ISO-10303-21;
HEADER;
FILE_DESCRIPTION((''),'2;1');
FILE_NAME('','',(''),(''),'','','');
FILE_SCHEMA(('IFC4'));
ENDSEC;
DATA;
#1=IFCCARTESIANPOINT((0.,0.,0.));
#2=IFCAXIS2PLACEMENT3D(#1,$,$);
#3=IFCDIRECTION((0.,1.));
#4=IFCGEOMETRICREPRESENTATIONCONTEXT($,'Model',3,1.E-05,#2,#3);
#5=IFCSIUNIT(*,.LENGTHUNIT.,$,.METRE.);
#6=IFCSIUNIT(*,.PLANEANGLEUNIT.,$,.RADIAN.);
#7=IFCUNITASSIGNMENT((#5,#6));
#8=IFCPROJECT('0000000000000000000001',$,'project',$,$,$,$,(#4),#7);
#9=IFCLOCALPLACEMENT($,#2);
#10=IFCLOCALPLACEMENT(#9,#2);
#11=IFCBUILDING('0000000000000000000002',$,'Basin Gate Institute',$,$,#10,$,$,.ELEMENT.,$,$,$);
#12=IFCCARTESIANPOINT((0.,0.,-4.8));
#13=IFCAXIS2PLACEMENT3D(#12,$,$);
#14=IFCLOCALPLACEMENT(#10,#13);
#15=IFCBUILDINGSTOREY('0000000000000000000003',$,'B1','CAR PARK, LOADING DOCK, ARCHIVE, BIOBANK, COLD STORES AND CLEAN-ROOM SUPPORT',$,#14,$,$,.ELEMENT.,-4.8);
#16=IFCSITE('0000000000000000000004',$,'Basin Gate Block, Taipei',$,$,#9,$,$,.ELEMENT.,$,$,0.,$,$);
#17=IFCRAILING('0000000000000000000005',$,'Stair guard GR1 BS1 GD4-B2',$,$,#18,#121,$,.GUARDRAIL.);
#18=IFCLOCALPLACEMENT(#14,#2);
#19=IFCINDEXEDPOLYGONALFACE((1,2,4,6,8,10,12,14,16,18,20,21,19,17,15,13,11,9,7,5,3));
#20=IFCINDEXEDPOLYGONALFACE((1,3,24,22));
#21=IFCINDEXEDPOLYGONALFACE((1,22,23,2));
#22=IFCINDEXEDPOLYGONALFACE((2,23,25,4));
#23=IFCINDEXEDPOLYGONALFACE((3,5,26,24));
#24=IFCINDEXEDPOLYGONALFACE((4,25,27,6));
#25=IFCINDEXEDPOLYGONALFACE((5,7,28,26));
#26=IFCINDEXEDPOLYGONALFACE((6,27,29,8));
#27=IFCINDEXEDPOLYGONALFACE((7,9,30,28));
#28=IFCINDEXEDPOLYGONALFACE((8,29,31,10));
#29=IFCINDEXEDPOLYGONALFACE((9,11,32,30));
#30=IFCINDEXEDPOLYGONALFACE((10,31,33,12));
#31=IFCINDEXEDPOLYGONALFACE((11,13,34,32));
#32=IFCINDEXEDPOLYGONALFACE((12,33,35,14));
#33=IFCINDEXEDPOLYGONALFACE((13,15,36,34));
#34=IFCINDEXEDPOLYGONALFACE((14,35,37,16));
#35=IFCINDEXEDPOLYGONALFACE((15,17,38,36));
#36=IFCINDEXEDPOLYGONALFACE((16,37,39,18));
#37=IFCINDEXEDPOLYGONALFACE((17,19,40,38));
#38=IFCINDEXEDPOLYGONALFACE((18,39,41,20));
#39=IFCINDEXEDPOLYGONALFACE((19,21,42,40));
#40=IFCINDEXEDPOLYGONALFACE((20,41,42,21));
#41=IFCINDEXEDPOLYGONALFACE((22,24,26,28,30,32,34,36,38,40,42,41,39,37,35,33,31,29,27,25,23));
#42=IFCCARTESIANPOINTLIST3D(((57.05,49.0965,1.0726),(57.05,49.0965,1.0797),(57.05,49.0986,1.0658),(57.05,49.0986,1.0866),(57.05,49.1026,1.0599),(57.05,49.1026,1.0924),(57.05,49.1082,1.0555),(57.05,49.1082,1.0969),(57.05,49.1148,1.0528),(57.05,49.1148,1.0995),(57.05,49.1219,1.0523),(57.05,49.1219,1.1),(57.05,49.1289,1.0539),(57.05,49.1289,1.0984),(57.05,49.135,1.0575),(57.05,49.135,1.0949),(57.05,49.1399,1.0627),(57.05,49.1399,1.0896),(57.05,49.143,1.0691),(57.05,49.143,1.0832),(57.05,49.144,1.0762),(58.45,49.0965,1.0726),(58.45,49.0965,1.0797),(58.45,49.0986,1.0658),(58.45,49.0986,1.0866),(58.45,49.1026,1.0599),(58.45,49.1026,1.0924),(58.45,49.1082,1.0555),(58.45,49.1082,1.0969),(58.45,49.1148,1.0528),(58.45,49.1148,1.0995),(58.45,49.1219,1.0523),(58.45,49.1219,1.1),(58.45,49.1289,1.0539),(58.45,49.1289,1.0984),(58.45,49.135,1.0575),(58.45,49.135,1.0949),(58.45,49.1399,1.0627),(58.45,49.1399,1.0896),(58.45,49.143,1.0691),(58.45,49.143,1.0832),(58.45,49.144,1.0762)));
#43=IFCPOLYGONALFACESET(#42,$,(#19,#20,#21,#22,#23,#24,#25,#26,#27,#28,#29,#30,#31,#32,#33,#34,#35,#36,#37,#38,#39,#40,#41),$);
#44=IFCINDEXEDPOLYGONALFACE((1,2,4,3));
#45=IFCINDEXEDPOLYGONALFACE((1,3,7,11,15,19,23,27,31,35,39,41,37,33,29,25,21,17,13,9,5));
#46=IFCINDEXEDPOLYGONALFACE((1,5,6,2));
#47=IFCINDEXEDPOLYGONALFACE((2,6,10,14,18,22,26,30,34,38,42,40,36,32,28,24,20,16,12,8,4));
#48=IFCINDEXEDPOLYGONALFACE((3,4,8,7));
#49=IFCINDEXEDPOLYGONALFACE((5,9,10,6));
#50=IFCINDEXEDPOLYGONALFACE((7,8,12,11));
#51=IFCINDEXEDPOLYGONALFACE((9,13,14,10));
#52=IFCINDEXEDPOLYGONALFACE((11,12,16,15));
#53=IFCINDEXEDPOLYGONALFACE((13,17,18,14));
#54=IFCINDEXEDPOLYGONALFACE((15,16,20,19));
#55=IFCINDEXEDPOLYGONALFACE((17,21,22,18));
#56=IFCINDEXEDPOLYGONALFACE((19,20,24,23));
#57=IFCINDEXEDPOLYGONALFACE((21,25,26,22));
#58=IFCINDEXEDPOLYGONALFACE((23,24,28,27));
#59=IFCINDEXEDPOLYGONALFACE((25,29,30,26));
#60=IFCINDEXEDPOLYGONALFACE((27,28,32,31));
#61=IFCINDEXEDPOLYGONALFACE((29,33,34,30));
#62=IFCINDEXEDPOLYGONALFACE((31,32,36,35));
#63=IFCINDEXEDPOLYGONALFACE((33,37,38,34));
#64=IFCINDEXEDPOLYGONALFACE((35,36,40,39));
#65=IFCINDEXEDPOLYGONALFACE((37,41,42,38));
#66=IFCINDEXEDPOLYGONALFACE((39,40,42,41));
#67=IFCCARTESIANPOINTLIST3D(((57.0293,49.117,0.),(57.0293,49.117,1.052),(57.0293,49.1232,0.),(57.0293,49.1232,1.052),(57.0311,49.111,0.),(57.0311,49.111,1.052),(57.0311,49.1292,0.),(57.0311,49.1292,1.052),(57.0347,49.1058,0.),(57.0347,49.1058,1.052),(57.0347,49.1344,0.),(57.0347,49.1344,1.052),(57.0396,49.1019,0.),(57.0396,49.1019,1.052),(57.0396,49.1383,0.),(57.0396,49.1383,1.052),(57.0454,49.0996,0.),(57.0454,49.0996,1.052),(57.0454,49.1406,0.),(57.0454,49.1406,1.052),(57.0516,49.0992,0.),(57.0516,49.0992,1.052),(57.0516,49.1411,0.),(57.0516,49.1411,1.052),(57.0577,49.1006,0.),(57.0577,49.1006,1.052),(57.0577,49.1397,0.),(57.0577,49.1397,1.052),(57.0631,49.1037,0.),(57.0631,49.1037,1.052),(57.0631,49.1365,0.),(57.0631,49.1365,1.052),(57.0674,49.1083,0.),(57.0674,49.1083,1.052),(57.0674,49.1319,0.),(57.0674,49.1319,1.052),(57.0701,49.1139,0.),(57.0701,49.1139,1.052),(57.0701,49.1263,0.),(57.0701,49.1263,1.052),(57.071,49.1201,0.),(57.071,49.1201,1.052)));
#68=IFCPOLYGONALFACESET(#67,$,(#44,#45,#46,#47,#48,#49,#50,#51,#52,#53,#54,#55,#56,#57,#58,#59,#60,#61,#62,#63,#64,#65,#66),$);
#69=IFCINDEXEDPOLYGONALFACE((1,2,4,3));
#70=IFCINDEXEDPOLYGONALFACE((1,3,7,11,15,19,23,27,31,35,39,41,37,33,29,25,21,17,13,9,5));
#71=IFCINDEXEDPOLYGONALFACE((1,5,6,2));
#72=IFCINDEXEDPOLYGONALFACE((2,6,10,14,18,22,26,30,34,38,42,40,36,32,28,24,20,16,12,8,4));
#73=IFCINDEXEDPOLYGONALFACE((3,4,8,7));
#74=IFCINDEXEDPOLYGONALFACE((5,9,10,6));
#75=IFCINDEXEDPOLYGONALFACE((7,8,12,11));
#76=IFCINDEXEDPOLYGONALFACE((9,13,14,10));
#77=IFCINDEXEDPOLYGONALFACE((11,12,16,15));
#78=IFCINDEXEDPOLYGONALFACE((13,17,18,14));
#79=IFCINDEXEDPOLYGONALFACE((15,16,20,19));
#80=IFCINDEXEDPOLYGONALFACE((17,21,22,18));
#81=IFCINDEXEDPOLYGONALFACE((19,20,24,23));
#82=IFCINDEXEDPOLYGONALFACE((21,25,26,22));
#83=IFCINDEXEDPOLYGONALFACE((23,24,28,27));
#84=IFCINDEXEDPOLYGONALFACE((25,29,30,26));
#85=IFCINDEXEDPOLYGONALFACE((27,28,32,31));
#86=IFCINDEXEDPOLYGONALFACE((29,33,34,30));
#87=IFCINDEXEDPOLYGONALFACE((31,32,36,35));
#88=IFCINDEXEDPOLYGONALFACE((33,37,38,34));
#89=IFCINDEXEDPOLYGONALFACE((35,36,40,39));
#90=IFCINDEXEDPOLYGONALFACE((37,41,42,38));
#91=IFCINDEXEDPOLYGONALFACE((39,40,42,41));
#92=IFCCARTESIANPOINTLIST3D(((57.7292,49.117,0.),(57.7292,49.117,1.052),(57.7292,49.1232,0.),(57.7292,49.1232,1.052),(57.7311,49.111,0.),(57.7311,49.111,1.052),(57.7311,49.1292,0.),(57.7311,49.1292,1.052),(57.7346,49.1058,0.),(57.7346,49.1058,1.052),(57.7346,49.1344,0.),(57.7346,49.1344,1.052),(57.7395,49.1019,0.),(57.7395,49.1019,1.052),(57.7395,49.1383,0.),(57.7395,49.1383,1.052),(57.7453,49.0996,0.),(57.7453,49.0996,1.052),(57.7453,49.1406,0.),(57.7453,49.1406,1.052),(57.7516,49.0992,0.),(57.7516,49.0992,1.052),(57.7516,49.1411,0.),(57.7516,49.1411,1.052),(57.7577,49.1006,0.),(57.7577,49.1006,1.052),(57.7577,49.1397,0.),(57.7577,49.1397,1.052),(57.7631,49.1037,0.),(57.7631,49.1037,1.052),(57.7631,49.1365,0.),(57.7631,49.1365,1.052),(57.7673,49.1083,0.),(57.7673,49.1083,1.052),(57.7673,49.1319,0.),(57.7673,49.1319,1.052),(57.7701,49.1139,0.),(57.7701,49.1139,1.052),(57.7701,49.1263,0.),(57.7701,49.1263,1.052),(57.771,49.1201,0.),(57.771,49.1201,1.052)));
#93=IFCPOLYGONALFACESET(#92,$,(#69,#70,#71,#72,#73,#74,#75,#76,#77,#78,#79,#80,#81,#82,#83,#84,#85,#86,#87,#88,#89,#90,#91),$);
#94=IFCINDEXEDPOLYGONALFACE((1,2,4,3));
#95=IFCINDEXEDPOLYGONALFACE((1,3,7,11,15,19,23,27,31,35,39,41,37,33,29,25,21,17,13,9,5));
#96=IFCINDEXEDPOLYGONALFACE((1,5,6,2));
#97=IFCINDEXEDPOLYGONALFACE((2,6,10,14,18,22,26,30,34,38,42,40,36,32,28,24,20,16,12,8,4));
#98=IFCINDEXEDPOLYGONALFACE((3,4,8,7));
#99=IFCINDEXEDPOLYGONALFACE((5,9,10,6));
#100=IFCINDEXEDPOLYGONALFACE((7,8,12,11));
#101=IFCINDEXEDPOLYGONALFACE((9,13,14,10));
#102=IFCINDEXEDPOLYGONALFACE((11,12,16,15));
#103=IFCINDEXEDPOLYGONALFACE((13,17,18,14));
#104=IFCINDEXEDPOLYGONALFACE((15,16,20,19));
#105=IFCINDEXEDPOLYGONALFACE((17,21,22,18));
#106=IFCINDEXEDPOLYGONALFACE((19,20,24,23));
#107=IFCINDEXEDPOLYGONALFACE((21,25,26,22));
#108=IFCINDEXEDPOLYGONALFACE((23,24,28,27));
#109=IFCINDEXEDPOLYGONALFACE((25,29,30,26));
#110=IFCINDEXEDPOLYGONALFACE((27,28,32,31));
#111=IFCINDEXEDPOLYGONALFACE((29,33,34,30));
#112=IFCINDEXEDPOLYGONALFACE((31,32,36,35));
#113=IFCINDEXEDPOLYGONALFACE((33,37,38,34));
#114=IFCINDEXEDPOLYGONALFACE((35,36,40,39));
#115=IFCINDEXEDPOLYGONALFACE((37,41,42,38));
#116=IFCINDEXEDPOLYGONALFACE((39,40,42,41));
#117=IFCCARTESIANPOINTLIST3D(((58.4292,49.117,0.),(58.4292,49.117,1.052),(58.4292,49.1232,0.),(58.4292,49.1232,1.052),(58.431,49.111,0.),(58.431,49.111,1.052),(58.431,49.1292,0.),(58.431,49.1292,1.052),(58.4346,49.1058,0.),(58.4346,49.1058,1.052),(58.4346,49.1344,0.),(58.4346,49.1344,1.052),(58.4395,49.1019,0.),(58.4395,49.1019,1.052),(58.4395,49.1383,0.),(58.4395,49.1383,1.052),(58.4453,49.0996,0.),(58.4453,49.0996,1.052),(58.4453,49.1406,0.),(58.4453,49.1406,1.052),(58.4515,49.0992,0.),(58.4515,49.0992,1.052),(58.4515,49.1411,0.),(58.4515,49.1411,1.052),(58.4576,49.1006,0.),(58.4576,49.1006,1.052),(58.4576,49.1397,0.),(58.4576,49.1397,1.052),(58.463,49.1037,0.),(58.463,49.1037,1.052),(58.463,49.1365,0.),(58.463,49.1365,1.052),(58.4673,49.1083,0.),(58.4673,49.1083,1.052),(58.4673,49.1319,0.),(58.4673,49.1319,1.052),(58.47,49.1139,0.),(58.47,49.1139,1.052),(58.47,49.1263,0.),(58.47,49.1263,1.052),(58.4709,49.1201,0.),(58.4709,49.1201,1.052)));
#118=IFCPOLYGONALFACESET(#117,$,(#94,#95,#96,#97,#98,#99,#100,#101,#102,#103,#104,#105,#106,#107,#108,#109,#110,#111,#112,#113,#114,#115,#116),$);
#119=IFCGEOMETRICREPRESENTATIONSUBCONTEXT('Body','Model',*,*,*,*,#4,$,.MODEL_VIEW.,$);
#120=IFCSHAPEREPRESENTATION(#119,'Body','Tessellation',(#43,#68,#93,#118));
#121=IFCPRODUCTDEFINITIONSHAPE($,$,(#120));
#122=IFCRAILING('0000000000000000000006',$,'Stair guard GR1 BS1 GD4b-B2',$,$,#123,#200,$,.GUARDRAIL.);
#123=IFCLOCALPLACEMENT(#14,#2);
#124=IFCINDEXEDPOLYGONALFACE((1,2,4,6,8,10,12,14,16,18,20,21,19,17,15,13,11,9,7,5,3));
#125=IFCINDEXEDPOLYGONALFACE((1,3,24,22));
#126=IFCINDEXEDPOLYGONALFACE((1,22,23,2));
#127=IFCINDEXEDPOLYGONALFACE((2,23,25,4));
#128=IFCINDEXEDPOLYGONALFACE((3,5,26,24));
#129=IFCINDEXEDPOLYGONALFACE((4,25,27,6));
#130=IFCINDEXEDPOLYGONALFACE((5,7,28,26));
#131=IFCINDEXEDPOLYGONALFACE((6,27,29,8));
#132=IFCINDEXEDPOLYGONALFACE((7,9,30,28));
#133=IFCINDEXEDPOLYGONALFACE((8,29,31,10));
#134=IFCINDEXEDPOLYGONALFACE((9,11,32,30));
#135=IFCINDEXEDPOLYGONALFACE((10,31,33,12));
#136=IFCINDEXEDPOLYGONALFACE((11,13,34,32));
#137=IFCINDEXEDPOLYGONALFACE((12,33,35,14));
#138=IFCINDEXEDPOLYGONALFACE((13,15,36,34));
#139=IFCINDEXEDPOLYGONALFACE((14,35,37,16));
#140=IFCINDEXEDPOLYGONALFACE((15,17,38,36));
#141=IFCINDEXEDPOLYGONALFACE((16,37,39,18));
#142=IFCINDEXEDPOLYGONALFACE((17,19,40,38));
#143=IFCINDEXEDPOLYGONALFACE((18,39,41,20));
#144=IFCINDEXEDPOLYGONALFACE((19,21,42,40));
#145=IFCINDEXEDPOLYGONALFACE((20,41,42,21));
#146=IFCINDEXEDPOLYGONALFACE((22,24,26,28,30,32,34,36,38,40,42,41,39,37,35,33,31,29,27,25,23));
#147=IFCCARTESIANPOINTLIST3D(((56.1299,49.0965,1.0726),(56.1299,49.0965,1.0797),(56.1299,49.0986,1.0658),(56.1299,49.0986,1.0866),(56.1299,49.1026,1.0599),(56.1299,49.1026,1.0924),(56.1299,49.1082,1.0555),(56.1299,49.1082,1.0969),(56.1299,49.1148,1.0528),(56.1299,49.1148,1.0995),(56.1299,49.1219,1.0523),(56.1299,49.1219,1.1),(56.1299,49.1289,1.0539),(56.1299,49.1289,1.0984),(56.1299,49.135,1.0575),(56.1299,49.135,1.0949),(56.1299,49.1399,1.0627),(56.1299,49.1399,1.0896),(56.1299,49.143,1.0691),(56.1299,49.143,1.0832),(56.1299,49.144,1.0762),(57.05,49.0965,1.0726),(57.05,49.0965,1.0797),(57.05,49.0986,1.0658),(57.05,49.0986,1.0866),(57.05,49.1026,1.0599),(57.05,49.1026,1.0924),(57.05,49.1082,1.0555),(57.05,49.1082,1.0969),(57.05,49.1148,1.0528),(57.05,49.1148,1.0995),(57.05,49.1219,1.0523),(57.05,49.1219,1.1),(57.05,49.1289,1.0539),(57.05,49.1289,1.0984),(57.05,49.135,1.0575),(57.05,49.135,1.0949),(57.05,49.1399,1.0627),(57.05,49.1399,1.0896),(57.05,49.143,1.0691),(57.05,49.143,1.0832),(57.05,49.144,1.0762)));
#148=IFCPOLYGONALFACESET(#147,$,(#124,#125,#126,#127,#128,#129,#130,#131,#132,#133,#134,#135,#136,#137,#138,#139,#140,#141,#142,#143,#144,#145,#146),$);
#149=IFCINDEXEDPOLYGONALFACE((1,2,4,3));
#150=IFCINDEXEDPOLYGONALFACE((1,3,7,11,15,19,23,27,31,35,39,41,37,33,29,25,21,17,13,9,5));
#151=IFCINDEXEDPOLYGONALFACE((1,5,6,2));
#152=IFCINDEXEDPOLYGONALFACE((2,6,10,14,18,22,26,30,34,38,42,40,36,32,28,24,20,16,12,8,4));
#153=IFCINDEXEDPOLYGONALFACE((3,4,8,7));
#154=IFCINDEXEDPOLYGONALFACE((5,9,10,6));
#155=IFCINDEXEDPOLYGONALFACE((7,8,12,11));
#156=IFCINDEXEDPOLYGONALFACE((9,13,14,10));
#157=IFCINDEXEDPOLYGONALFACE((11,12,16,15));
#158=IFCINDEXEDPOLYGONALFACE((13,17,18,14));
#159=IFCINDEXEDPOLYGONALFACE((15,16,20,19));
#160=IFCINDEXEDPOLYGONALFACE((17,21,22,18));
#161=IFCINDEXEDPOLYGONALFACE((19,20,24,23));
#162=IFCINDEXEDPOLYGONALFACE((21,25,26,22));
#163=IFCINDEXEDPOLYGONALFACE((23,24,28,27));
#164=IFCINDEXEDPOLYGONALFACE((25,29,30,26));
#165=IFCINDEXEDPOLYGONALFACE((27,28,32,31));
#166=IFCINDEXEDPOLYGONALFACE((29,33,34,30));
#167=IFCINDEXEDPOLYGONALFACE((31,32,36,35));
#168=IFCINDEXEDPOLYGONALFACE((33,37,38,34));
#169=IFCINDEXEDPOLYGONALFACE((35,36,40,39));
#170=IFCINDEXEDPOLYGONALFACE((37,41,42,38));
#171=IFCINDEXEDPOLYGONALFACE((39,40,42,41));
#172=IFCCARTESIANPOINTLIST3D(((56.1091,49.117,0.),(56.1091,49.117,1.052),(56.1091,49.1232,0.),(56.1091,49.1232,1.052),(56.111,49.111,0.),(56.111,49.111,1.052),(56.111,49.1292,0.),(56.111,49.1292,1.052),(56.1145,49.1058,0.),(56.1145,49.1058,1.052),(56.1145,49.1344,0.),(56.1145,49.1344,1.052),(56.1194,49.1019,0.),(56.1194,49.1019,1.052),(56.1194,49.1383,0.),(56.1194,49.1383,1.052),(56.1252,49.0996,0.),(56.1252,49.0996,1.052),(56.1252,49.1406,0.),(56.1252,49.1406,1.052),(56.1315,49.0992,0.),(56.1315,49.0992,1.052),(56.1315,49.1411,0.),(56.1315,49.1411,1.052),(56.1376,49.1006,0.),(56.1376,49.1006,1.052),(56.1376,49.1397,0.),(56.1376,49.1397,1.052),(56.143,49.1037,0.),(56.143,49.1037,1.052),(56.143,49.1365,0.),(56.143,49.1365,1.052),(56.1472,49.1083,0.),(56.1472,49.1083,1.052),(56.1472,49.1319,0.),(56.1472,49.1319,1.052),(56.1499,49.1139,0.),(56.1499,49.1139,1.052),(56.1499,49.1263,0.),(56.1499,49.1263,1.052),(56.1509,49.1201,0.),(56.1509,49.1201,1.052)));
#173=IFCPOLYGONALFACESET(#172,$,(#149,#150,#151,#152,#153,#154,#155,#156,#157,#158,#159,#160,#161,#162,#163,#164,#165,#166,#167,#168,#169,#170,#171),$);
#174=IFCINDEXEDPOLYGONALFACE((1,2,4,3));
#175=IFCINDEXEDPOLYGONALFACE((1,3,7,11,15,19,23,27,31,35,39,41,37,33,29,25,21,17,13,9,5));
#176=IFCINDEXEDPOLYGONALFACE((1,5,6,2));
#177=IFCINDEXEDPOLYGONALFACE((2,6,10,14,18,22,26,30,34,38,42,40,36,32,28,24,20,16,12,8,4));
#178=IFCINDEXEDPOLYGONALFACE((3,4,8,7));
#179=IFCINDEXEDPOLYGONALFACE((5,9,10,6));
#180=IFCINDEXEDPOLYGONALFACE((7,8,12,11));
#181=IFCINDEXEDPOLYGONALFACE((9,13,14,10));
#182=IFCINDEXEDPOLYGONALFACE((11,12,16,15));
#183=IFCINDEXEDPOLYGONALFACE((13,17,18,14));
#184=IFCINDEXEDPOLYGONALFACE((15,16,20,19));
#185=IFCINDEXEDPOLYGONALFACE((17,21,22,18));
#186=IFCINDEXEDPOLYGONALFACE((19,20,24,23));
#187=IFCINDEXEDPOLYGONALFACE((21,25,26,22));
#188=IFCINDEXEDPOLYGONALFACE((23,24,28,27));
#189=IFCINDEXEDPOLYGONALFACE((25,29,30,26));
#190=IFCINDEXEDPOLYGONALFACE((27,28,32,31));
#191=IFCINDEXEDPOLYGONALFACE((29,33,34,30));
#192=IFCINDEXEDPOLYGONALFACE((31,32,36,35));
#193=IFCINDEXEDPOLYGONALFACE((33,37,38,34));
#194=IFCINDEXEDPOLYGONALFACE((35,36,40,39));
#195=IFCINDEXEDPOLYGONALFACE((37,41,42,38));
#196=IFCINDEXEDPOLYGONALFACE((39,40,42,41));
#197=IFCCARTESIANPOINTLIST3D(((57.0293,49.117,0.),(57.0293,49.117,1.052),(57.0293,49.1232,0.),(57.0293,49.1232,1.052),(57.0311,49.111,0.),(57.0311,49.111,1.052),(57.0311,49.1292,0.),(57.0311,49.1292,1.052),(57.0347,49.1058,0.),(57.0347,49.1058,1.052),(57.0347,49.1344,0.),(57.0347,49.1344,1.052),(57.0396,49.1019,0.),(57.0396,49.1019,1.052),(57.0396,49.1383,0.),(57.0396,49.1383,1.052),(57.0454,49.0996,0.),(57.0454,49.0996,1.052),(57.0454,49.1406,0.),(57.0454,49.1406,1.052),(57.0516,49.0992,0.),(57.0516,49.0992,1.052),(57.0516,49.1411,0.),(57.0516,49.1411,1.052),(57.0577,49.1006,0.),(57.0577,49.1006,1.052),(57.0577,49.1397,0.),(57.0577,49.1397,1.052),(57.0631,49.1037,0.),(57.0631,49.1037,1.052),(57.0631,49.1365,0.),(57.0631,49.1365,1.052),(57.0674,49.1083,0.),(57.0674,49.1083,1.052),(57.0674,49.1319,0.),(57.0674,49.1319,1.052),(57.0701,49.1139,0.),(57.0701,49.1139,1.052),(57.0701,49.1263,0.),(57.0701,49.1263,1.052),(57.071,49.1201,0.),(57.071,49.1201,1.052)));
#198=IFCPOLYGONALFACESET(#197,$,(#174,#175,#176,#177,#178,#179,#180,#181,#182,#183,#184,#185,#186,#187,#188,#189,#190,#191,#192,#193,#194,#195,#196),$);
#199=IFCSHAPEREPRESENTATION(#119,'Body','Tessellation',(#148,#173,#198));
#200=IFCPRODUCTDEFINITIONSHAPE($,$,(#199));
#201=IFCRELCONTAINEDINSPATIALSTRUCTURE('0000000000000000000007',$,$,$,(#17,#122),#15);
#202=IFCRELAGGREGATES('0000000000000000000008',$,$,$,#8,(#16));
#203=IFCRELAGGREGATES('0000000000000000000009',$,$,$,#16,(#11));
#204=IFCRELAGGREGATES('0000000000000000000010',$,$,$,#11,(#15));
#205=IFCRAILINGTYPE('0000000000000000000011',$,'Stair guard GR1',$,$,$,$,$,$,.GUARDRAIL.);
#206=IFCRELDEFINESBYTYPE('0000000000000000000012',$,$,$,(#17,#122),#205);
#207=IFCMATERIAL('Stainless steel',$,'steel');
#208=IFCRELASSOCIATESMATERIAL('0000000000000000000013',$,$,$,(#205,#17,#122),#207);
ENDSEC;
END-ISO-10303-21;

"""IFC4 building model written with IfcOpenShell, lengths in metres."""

from ifc_helpers import new_model, si_unit, direction, frame, origin, origin_2d, place, context, subcontext, project, spatial, circle, extrude, material, type_object, element, save


model = new_model("IFC4")

# Units and contexts
model_context = context("Model", 3, precision=1e-05, world=origin(), true_north=direction((0.0, 1.0)))
body_context = subcontext(model_context, "Body", "Model", "MODEL_VIEW")
ifc_project = project(units=[si_unit("LENGTHUNIT", "METRE"), si_unit("PLANEANGLEUNIT", "RADIAN")], contexts=[model_context])

# Site, building, storey
site_placement = place(None, origin())
site = spatial("IfcSite", under=ifc_project, at=site_placement, Name="Basin Gate Block, Taipei", CompositionType="ELEMENT", RefElevation=0.0)
building_placement = place(site_placement, origin())
building = spatial("IfcBuilding", under=site, at=building_placement, Name="Basin Gate Institute", CompositionType="ELEMENT")
storey_placement = place(building_placement, frame((0.0, 0.0, -4.8)))
storey = spatial("IfcBuildingStorey", under=building, at=storey_placement, Name="B1", Description="CAR PARK, LOADING DOCK, ARCHIVE, BIOBANK, COLD STORES AND CLEAN-ROOM SUPPORT", CompositionType="ELEMENT", Elevation=-4.8)

# Railings
ifc_material_1 = material(Name="Stainless steel", Category="steel")
railing_type_1 = type_object("IfcRailingType", Name="Stair guard GR1", PredefinedType="GUARDRAIL", material=ifc_material_1)
railing_1_placement = place(storey_placement, frame((57.05, 49.1201, 0.0)))
element("IfcRailing", 1, at=railing_1_placement, inside=storey, type_object=railing_type_1, material=ifc_material_1, Name="Stair guard GR1 BS1 GD4-B2", PredefinedType="GUARDRAIL", context=body_context, shape_type="SweptSolid", body=[
    extrude(circle(Radius=0.0239, at=origin_2d()), frame((0.0, 0.0, 1.0762), z_axis=(1.0, 0.0, 0.0), x_axis=(0.0, 1.0, 0.0)), (0.0, 0.0, 1.0), 1.3999),
    extrude(circle(Radius=0.021, at=origin_2d()), origin(), (0.0, 0.0, 1.0), 1.052),
    extrude(circle(Radius=0.021, at=origin_2d()), frame((0.7, 0.0, 0.0)), (0.0, 0.0, 1.0), 1.052),
    extrude(circle(Radius=0.021, at=origin_2d()), frame((1.3999, 0.0, 0.0)), (0.0, 0.0, 1.0), 1.052),
])
railing_2_placement = place(storey_placement, frame((56.1299, 49.1201, 0.0)))
element("IfcRailing", 2, at=railing_2_placement, inside=storey, type_object=railing_type_1, material=ifc_material_1, Name="Stair guard GR1 BS1 GD4b-B2", PredefinedType="GUARDRAIL", context=body_context, shape_type="SweptSolid", body=[
    extrude(circle(Radius=0.0239, at=origin_2d()), frame((0.0, 0.0, 1.0762), z_axis=(1.0, 0.0, 0.0), x_axis=(0.0, 1.0, 0.0)), (0.0, 0.0, 1.0), 0.9202),
    extrude(circle(Radius=0.021, at=origin_2d()), origin(), (0.0, 0.0, 1.0), 1.052),
    extrude(circle(Radius=0.021, at=origin_2d()), frame((0.9202, 0.0, 0.0)), (0.0, 0.0, 1.0), 1.052),
])

save(model, "model.ifc")
